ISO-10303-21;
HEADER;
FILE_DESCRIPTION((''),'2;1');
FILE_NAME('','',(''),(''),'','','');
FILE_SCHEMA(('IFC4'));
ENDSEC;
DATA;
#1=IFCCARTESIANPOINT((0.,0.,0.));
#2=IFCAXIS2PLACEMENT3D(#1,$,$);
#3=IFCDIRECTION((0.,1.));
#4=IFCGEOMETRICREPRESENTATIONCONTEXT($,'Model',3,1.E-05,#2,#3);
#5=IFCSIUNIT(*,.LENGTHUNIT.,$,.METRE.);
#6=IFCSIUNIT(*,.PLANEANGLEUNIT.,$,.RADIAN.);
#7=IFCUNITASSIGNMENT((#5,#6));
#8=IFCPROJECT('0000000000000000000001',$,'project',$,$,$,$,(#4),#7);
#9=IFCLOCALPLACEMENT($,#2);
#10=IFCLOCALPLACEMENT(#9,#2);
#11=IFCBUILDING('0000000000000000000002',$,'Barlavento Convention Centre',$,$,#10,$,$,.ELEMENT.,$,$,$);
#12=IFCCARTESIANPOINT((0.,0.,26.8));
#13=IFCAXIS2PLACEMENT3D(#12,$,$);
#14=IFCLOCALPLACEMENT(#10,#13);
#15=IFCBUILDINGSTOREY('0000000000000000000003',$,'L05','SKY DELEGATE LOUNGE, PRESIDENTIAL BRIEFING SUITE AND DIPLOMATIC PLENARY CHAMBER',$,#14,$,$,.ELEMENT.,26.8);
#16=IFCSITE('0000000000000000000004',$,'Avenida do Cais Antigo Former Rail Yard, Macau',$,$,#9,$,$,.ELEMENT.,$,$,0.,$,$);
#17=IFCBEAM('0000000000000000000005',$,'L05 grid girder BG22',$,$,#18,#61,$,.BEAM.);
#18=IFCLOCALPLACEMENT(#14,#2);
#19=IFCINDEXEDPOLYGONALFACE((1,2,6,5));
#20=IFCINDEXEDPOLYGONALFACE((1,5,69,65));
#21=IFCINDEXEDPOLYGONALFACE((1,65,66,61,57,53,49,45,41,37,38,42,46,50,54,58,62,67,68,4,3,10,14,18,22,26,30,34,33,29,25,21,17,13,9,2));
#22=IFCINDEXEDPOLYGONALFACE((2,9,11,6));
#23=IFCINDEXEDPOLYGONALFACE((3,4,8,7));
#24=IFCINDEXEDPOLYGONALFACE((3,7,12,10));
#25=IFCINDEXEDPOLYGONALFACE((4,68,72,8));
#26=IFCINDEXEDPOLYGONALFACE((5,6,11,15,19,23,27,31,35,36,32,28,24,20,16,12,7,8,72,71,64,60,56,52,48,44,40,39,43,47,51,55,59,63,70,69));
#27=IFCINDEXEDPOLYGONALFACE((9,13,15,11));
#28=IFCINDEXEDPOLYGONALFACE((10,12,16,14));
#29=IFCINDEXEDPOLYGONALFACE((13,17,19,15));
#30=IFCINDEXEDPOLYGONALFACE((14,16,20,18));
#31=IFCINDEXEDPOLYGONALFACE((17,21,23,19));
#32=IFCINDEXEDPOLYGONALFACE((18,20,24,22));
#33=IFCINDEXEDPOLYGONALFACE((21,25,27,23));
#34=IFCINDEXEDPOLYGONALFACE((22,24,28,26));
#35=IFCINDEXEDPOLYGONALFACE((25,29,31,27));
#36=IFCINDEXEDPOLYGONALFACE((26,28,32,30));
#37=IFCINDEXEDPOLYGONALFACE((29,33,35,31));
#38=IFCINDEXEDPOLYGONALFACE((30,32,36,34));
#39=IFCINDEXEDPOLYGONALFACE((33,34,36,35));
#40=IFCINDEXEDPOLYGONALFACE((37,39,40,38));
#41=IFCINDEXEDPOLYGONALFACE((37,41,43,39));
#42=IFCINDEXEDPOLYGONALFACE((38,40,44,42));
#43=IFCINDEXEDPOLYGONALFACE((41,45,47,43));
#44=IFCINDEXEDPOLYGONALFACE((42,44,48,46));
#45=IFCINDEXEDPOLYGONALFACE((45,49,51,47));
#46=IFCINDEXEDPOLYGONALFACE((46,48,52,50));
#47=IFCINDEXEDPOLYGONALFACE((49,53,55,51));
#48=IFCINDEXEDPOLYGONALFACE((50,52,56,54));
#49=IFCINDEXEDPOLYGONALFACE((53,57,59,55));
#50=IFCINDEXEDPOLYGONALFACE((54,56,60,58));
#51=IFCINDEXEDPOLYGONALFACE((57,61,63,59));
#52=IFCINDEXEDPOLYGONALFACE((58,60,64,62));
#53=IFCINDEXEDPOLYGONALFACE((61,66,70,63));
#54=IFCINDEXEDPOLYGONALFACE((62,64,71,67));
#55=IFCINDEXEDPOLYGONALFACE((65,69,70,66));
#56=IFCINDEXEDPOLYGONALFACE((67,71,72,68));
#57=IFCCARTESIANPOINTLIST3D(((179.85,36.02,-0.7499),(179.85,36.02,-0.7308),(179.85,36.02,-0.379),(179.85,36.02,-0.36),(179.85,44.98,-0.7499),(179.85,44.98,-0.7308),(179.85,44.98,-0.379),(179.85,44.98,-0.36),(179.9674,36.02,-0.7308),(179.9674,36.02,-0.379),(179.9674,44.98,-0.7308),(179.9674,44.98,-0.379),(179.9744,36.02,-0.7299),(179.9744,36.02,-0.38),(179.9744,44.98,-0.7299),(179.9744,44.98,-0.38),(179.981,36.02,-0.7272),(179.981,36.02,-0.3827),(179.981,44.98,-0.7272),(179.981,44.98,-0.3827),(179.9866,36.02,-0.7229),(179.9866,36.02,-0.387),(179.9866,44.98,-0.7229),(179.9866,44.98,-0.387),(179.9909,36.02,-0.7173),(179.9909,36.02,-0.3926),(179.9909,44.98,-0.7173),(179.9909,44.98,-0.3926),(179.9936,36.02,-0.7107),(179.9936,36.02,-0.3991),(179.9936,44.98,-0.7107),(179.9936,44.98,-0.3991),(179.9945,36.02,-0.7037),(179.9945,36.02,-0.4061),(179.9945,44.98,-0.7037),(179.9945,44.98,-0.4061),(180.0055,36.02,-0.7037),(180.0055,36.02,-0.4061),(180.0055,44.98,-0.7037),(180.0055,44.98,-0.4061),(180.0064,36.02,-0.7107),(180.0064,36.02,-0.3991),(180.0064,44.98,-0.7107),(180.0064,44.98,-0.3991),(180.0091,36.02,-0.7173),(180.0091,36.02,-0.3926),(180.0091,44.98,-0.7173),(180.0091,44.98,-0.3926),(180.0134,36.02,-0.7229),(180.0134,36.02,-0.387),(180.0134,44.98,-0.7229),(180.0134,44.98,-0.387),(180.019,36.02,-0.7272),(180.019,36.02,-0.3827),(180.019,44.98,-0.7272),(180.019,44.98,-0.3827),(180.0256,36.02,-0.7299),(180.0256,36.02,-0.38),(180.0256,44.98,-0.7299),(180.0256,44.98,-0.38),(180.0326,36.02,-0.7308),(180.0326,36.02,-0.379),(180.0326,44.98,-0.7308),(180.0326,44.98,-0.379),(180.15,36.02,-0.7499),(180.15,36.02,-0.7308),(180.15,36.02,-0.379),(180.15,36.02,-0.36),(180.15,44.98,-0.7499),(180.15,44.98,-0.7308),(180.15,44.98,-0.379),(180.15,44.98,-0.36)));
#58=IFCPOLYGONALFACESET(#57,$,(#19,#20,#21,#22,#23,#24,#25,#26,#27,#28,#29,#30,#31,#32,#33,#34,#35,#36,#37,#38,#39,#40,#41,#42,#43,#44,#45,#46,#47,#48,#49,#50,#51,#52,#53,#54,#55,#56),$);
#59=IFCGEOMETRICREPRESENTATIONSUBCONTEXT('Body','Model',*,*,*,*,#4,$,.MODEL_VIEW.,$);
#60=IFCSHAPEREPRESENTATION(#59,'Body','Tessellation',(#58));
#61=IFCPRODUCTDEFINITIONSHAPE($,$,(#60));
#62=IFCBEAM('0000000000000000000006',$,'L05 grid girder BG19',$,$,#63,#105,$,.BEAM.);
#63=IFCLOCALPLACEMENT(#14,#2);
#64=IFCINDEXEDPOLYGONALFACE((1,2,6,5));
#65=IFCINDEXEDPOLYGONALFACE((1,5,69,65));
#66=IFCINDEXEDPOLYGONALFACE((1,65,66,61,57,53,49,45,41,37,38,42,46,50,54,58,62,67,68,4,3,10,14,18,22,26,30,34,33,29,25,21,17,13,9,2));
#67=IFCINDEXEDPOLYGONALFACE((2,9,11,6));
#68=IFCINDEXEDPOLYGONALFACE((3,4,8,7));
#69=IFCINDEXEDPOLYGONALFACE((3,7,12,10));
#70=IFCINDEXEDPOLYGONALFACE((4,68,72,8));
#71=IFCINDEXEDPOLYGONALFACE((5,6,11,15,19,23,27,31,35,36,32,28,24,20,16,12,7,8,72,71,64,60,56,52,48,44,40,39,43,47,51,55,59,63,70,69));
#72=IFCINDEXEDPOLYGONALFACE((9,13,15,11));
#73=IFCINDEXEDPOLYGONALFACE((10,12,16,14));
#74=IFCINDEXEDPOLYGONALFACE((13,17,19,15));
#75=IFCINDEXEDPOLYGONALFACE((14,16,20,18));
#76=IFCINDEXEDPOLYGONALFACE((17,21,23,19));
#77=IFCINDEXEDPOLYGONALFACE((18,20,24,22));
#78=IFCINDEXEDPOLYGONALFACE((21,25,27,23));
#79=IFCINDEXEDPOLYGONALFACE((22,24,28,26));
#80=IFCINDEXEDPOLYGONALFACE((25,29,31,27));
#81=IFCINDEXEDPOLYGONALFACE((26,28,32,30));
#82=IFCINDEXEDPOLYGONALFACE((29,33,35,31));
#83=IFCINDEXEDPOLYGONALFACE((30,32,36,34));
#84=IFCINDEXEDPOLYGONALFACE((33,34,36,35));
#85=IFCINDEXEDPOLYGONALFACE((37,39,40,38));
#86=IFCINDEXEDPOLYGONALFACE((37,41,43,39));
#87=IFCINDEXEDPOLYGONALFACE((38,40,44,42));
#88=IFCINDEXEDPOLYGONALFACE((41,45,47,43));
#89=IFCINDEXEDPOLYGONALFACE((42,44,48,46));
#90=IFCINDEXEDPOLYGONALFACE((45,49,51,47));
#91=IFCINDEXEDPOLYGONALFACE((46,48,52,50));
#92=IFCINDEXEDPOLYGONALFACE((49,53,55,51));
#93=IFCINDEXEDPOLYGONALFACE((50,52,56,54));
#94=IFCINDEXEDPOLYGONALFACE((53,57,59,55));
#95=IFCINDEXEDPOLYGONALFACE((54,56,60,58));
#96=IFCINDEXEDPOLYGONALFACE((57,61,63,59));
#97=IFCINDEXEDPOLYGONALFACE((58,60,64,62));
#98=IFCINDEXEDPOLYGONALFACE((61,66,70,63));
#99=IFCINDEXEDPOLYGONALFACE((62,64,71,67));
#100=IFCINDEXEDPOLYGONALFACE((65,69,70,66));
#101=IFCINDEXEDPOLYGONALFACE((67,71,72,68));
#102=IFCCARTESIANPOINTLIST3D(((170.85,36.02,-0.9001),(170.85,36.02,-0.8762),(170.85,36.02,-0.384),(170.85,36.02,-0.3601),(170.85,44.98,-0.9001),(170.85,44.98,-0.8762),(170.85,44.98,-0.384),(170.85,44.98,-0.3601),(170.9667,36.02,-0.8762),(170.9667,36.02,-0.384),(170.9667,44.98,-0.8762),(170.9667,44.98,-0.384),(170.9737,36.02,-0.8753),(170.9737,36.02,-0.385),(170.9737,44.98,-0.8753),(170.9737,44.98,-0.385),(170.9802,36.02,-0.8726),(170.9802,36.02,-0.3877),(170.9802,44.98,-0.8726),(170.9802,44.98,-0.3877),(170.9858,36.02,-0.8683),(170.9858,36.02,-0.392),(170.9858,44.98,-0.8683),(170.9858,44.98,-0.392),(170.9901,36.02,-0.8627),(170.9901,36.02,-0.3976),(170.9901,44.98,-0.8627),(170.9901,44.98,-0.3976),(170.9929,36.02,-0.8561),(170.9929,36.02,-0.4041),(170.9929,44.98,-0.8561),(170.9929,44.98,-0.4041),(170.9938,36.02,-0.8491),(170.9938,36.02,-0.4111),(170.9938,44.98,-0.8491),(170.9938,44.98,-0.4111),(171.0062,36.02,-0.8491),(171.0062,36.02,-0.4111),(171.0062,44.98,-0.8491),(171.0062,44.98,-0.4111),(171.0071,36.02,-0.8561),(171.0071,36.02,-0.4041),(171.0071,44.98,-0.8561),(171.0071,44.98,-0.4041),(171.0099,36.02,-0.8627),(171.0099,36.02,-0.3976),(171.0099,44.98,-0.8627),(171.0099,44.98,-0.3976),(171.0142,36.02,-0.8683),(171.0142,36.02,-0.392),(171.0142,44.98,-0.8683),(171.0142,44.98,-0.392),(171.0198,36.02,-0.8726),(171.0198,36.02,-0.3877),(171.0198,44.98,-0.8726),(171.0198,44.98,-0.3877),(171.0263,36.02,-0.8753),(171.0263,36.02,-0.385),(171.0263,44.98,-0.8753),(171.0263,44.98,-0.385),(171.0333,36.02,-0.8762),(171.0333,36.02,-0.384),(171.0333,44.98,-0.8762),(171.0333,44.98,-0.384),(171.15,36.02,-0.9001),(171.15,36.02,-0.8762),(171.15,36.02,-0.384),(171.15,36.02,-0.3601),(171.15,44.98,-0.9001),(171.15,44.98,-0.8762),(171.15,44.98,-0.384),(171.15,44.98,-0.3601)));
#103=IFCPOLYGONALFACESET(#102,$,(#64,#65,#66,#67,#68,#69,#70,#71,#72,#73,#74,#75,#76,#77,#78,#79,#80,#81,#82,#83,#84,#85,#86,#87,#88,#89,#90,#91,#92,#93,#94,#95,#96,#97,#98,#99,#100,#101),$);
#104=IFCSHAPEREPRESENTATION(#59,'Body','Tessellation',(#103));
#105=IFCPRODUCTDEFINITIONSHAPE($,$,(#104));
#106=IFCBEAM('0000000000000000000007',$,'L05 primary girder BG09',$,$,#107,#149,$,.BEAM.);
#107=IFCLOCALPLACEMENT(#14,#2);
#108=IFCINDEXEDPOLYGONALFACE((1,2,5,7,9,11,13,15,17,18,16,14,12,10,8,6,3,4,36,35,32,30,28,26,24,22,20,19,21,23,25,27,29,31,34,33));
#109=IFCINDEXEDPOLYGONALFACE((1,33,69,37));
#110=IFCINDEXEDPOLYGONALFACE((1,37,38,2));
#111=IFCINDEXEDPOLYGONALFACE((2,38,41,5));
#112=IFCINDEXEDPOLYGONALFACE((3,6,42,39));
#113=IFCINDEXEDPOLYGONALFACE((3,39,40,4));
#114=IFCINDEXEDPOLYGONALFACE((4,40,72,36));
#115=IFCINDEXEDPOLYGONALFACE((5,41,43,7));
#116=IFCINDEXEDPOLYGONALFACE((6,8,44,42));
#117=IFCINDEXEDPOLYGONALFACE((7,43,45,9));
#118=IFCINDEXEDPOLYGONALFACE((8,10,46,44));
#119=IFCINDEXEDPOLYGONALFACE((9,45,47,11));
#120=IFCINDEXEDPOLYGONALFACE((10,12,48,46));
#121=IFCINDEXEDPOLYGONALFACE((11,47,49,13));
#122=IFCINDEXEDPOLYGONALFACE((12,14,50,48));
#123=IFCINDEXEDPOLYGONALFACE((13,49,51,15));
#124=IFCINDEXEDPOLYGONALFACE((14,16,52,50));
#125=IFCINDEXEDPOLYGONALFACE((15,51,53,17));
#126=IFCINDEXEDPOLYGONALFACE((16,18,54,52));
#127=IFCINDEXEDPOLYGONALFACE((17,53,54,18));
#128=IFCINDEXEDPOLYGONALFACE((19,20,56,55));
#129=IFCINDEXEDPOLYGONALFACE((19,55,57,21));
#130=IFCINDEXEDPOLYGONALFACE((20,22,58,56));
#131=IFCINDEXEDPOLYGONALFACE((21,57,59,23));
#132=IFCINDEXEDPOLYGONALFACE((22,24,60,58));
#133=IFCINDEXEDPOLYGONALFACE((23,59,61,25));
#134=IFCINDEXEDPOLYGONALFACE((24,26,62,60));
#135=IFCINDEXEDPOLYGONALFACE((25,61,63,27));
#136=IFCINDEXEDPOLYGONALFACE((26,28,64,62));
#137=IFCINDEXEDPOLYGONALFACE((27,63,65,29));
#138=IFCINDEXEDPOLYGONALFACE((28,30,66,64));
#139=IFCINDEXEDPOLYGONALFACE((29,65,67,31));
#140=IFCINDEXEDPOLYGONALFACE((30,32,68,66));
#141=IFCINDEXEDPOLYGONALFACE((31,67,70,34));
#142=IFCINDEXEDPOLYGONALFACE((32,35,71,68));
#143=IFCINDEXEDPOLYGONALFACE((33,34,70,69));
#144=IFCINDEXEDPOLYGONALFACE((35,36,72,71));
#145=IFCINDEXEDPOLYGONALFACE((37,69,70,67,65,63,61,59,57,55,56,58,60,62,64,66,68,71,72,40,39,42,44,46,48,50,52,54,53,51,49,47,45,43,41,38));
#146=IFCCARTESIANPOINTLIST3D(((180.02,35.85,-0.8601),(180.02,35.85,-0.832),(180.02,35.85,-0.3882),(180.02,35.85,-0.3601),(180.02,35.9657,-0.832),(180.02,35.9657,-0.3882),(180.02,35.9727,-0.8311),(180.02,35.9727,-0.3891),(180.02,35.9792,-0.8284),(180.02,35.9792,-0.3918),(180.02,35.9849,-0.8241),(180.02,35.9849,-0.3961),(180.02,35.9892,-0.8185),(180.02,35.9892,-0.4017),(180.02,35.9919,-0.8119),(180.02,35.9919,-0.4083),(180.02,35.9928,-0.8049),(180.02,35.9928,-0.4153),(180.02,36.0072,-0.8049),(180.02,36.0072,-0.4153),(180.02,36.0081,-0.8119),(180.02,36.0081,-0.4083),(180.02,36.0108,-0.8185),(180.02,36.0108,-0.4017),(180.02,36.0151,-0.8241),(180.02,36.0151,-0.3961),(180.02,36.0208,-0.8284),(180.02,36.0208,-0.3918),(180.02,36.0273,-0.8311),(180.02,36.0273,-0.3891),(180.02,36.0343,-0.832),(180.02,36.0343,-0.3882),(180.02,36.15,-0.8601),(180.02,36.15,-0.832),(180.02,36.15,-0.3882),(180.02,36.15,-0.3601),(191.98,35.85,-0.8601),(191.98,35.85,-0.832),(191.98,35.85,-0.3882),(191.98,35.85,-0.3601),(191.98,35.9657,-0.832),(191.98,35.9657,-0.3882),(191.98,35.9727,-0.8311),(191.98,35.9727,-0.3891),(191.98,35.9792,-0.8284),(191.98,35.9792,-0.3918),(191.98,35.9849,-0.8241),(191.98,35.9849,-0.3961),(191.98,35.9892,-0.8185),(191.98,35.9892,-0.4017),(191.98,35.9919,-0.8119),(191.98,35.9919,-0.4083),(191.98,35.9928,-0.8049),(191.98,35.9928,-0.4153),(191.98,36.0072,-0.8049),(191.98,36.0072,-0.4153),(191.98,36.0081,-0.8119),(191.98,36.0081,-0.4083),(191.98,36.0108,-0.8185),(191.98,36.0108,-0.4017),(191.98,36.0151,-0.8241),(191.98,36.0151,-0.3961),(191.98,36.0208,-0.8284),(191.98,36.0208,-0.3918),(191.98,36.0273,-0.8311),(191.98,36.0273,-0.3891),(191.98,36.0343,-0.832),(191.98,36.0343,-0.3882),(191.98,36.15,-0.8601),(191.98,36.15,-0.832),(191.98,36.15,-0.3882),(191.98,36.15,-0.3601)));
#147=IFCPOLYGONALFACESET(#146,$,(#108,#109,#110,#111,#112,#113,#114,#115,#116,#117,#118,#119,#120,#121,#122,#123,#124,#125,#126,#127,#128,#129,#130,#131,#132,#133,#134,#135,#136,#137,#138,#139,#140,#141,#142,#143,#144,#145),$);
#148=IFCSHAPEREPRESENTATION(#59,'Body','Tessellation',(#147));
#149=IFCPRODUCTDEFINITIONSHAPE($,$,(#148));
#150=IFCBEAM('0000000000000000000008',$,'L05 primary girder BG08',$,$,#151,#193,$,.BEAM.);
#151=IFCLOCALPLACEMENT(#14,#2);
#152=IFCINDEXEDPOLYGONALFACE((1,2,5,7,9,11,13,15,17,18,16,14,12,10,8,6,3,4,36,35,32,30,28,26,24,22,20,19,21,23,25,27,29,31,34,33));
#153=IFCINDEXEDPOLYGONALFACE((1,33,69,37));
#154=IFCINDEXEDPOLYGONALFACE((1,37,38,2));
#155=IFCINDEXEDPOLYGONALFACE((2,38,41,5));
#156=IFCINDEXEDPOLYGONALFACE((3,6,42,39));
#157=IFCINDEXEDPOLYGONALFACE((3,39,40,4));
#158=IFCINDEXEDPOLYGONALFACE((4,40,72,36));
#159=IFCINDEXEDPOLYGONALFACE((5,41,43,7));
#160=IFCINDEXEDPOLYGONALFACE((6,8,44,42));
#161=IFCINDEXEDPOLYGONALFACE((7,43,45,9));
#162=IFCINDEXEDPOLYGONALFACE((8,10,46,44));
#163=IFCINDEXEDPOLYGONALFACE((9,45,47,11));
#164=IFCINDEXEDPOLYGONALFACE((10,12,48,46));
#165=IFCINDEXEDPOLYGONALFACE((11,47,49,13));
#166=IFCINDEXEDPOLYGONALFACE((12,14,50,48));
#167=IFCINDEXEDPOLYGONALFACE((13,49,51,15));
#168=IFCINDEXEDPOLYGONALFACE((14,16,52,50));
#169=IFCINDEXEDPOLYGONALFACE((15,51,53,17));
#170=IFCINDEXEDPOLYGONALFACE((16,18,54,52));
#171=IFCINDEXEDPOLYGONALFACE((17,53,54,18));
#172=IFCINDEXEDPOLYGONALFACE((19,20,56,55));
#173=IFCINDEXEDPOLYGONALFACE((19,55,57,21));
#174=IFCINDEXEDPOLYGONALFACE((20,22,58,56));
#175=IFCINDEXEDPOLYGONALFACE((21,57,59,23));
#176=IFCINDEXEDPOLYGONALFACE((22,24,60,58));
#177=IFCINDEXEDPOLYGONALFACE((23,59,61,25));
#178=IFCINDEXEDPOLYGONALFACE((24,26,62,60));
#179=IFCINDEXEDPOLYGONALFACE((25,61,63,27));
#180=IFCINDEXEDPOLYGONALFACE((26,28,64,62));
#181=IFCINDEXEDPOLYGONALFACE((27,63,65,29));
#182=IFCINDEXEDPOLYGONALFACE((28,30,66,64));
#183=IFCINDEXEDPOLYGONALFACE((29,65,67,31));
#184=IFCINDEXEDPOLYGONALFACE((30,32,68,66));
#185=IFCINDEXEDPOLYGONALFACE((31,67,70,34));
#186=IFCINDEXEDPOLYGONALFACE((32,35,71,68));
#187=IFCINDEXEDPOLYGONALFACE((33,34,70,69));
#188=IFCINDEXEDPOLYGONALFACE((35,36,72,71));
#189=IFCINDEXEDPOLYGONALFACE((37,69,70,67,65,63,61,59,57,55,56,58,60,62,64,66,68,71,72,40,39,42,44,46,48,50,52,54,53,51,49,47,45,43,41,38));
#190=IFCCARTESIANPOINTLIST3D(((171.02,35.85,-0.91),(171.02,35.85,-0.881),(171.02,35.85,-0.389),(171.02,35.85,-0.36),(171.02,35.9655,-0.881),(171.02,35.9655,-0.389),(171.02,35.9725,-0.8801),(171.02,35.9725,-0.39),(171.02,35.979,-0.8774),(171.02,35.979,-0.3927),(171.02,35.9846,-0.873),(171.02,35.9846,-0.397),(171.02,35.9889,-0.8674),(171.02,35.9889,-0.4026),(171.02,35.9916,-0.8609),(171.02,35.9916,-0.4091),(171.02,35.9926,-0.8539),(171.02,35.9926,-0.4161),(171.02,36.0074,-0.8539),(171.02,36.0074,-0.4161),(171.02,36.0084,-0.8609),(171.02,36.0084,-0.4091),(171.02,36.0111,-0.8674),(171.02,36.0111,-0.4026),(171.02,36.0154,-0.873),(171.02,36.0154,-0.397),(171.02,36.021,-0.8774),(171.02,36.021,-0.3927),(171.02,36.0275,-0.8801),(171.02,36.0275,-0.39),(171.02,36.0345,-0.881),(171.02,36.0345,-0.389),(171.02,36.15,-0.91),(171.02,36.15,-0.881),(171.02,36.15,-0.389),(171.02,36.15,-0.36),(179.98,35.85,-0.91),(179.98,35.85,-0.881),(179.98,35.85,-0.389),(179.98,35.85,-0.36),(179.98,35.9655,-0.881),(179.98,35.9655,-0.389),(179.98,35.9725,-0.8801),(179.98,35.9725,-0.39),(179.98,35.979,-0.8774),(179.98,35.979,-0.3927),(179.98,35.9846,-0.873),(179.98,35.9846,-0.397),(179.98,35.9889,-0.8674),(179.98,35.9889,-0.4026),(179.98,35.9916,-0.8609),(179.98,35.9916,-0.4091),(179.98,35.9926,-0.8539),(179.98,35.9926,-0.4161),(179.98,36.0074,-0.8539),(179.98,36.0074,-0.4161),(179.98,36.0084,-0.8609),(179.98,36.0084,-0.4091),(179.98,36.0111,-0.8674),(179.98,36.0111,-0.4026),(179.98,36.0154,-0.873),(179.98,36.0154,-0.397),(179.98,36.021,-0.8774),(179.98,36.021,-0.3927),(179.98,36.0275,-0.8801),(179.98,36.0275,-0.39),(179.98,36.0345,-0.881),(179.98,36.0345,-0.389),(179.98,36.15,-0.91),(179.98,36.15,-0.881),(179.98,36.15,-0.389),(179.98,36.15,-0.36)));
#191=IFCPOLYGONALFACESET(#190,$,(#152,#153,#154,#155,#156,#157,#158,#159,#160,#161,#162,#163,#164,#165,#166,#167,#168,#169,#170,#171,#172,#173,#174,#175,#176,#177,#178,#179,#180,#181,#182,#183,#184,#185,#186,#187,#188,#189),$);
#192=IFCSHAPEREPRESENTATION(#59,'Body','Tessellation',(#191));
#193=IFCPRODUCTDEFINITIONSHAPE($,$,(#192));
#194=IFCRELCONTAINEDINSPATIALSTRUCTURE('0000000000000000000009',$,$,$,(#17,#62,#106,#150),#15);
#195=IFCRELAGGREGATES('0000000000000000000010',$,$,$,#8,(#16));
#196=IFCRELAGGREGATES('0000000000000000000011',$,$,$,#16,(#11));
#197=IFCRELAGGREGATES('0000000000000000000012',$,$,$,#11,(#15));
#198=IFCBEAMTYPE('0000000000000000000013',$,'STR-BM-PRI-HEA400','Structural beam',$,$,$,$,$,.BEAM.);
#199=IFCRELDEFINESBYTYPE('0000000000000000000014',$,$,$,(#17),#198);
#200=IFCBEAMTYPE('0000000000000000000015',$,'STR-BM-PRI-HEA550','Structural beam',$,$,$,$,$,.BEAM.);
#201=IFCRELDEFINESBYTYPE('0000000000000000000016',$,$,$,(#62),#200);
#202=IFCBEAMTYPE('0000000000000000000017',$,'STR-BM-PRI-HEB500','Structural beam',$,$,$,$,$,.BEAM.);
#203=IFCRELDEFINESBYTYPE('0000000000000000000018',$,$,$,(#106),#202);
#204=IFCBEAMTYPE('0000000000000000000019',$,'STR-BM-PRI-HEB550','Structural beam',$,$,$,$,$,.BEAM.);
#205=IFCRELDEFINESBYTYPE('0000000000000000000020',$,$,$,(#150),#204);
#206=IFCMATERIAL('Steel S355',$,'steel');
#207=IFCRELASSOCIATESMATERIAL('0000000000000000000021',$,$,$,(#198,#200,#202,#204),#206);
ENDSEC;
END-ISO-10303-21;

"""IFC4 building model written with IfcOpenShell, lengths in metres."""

from ifc_helpers import new_model, si_unit, direction, frame, origin, origin_2d, place, context, subcontext, project, spatial, i_section, extrude, material, material_profile, profile_set, type_object, element, save


model = new_model("IFC4")

# Units and contexts
model_context = context("Model", 3, precision=1e-05, world=origin(), true_north=direction((0.0, 1.0)))
body_context = subcontext(model_context, "Body", "Model", "MODEL_VIEW")
ifc_project = project(units=[si_unit("LENGTHUNIT", "METRE"), si_unit("PLANEANGLEUNIT", "RADIAN")], contexts=[model_context])

# Site, building, storey
site_placement = place(None, origin())
site = spatial("IfcSite", under=ifc_project, at=site_placement, Name="Avenida do Cais Antigo Former Rail Yard, Macau", CompositionType="ELEMENT", RefElevation=0.0)
building_placement = place(site_placement, origin())
building = spatial("IfcBuilding", under=site, at=building_placement, Name="Barlavento Convention Centre", CompositionType="ELEMENT")
storey_placement = place(building_placement, frame((0.0, 0.0, 26.8)))
storey = spatial("IfcBuildingStorey", under=building, at=storey_placement, Name="L05", Description="SKY DELEGATE LOUNGE, PRESIDENTIAL BRIEFING SUITE AND DIPLOMATIC PLENARY CHAMBER", CompositionType="ELEMENT", Elevation=26.8)

# Shared definitions
ifc_material_1 = material(Name="Steel S355", Category="steel")

# Beams
ifc_material_profile_1 = material_profile(ifc_material_1, i_section(OverallWidth=0.3, OverallDepth=0.3899, WebThickness=0.011, FlangeThickness=0.019, FilletRadius=0.0271, at=origin_2d()), Name="HEA 400")
ifc_profile_set_1 = profile_set([ifc_material_profile_1], Name="Steel S355")
beam_type_1 = type_object("IfcBeamType", Name="STR-BM-PRI-HEA400", Description="Structural beam", PredefinedType="BEAM", material=ifc_profile_set_1)
beam_1_placement = place(storey_placement, frame((180.0, 36.02, -0.5549), z_axis=(0.0, 1.0, 0.0), x_axis=(-1.0, 0.0, 0.0)))
element("IfcBeam", 1, at=beam_1_placement, inside=storey, type_object=beam_type_1, Name="L05 grid girder BG22", PredefinedType="BEAM", context=body_context, shape_type="SweptSolid", body=[
    extrude(i_section(OverallWidth=0.3, OverallDepth=0.3899, WebThickness=0.011, FlangeThickness=0.019, FilletRadius=0.0271, at=origin_2d()), origin(), (0.0, 0.0, 1.0), 8.96),
])
ifc_material_profile_2 = material_profile(ifc_material_1, i_section(OverallWidth=0.3, OverallDepth=0.54, WebThickness=0.0125, FlangeThickness=0.0239, FilletRadius=0.0271, at=origin_2d()), Name="HEA 550")
ifc_profile_set_2 = profile_set([ifc_material_profile_2], Name="Steel S355")
beam_type_2 = type_object("IfcBeamType", Name="STR-BM-PRI-HEA550", Description="Structural beam", PredefinedType="BEAM", material=ifc_profile_set_2)
beam_2_placement = place(storey_placement, frame((171.0, 36.02, -0.6301), z_axis=(0.0, 1.0, 0.0), x_axis=(-1.0, 0.0, 0.0)))
element("IfcBeam", 2, at=beam_2_placement, inside=storey, type_object=beam_type_2, Name="L05 grid girder BG19", PredefinedType="BEAM", context=body_context, shape_type="SweptSolid", body=[
    extrude(i_section(OverallWidth=0.3, OverallDepth=0.54, WebThickness=0.0125, FlangeThickness=0.0239, FilletRadius=0.0271, at=origin_2d()), origin(), (0.0, 0.0, 1.0), 8.96),
])
ifc_material_profile_3 = material_profile(ifc_material_1, i_section(OverallWidth=0.3, OverallDepth=0.5, WebThickness=0.0144, FlangeThickness=0.0281, FilletRadius=0.0271, at=origin_2d()), Name="HEB 500")
ifc_profile_set_3 = profile_set([ifc_material_profile_3], Name="Steel S355")
beam_type_3 = type_object("IfcBeamType", Name="STR-BM-PRI-HEB500", Description="Structural beam", PredefinedType="BEAM", material=ifc_profile_set_3)
beam_3_placement = place(storey_placement, frame((180.02, 36.0, -0.6101), z_axis=(1.0, 0.0, 0.0), x_axis=(0.0, 1.0, 0.0)))
element("IfcBeam", 3, at=beam_3_placement, inside=storey, type_object=beam_type_3, Name="L05 primary girder BG09", PredefinedType="BEAM", context=body_context, shape_type="SweptSolid", body=[
    extrude(i_section(OverallWidth=0.3, OverallDepth=0.5, WebThickness=0.0144, FlangeThickness=0.0281, FilletRadius=0.0271, at=origin_2d()), origin(), (0.0, 0.0, 1.0), 11.96),
])
ifc_material_profile_4 = material_profile(ifc_material_1, i_section(OverallWidth=0.3, OverallDepth=0.55, WebThickness=0.0149, FlangeThickness=0.0291, FilletRadius=0.0271, at=origin_2d()), Name="HEB 550")
ifc_profile_set_4 = profile_set([ifc_material_profile_4], Name="Steel S355")
beam_type_4 = type_object("IfcBeamType", Name="STR-BM-PRI-HEB550", Description="Structural beam", PredefinedType="BEAM", material=ifc_profile_set_4)
beam_4_placement = place(storey_placement, frame((171.02, 36.0, -0.635), z_axis=(1.0, 0.0, 0.0), x_axis=(0.0, 1.0, 0.0)))
element("IfcBeam", 4, at=beam_4_placement, inside=storey, type_object=beam_type_4, Name="L05 primary girder BG08", PredefinedType="BEAM", context=body_context, shape_type="SweptSolid", body=[
    extrude(i_section(OverallWidth=0.3, OverallDepth=0.55, WebThickness=0.0149, FlangeThickness=0.0291, FilletRadius=0.0271, at=origin_2d()), origin(), (0.0, 0.0, 1.0), 8.96),
])

save(model, "model.ifc")
